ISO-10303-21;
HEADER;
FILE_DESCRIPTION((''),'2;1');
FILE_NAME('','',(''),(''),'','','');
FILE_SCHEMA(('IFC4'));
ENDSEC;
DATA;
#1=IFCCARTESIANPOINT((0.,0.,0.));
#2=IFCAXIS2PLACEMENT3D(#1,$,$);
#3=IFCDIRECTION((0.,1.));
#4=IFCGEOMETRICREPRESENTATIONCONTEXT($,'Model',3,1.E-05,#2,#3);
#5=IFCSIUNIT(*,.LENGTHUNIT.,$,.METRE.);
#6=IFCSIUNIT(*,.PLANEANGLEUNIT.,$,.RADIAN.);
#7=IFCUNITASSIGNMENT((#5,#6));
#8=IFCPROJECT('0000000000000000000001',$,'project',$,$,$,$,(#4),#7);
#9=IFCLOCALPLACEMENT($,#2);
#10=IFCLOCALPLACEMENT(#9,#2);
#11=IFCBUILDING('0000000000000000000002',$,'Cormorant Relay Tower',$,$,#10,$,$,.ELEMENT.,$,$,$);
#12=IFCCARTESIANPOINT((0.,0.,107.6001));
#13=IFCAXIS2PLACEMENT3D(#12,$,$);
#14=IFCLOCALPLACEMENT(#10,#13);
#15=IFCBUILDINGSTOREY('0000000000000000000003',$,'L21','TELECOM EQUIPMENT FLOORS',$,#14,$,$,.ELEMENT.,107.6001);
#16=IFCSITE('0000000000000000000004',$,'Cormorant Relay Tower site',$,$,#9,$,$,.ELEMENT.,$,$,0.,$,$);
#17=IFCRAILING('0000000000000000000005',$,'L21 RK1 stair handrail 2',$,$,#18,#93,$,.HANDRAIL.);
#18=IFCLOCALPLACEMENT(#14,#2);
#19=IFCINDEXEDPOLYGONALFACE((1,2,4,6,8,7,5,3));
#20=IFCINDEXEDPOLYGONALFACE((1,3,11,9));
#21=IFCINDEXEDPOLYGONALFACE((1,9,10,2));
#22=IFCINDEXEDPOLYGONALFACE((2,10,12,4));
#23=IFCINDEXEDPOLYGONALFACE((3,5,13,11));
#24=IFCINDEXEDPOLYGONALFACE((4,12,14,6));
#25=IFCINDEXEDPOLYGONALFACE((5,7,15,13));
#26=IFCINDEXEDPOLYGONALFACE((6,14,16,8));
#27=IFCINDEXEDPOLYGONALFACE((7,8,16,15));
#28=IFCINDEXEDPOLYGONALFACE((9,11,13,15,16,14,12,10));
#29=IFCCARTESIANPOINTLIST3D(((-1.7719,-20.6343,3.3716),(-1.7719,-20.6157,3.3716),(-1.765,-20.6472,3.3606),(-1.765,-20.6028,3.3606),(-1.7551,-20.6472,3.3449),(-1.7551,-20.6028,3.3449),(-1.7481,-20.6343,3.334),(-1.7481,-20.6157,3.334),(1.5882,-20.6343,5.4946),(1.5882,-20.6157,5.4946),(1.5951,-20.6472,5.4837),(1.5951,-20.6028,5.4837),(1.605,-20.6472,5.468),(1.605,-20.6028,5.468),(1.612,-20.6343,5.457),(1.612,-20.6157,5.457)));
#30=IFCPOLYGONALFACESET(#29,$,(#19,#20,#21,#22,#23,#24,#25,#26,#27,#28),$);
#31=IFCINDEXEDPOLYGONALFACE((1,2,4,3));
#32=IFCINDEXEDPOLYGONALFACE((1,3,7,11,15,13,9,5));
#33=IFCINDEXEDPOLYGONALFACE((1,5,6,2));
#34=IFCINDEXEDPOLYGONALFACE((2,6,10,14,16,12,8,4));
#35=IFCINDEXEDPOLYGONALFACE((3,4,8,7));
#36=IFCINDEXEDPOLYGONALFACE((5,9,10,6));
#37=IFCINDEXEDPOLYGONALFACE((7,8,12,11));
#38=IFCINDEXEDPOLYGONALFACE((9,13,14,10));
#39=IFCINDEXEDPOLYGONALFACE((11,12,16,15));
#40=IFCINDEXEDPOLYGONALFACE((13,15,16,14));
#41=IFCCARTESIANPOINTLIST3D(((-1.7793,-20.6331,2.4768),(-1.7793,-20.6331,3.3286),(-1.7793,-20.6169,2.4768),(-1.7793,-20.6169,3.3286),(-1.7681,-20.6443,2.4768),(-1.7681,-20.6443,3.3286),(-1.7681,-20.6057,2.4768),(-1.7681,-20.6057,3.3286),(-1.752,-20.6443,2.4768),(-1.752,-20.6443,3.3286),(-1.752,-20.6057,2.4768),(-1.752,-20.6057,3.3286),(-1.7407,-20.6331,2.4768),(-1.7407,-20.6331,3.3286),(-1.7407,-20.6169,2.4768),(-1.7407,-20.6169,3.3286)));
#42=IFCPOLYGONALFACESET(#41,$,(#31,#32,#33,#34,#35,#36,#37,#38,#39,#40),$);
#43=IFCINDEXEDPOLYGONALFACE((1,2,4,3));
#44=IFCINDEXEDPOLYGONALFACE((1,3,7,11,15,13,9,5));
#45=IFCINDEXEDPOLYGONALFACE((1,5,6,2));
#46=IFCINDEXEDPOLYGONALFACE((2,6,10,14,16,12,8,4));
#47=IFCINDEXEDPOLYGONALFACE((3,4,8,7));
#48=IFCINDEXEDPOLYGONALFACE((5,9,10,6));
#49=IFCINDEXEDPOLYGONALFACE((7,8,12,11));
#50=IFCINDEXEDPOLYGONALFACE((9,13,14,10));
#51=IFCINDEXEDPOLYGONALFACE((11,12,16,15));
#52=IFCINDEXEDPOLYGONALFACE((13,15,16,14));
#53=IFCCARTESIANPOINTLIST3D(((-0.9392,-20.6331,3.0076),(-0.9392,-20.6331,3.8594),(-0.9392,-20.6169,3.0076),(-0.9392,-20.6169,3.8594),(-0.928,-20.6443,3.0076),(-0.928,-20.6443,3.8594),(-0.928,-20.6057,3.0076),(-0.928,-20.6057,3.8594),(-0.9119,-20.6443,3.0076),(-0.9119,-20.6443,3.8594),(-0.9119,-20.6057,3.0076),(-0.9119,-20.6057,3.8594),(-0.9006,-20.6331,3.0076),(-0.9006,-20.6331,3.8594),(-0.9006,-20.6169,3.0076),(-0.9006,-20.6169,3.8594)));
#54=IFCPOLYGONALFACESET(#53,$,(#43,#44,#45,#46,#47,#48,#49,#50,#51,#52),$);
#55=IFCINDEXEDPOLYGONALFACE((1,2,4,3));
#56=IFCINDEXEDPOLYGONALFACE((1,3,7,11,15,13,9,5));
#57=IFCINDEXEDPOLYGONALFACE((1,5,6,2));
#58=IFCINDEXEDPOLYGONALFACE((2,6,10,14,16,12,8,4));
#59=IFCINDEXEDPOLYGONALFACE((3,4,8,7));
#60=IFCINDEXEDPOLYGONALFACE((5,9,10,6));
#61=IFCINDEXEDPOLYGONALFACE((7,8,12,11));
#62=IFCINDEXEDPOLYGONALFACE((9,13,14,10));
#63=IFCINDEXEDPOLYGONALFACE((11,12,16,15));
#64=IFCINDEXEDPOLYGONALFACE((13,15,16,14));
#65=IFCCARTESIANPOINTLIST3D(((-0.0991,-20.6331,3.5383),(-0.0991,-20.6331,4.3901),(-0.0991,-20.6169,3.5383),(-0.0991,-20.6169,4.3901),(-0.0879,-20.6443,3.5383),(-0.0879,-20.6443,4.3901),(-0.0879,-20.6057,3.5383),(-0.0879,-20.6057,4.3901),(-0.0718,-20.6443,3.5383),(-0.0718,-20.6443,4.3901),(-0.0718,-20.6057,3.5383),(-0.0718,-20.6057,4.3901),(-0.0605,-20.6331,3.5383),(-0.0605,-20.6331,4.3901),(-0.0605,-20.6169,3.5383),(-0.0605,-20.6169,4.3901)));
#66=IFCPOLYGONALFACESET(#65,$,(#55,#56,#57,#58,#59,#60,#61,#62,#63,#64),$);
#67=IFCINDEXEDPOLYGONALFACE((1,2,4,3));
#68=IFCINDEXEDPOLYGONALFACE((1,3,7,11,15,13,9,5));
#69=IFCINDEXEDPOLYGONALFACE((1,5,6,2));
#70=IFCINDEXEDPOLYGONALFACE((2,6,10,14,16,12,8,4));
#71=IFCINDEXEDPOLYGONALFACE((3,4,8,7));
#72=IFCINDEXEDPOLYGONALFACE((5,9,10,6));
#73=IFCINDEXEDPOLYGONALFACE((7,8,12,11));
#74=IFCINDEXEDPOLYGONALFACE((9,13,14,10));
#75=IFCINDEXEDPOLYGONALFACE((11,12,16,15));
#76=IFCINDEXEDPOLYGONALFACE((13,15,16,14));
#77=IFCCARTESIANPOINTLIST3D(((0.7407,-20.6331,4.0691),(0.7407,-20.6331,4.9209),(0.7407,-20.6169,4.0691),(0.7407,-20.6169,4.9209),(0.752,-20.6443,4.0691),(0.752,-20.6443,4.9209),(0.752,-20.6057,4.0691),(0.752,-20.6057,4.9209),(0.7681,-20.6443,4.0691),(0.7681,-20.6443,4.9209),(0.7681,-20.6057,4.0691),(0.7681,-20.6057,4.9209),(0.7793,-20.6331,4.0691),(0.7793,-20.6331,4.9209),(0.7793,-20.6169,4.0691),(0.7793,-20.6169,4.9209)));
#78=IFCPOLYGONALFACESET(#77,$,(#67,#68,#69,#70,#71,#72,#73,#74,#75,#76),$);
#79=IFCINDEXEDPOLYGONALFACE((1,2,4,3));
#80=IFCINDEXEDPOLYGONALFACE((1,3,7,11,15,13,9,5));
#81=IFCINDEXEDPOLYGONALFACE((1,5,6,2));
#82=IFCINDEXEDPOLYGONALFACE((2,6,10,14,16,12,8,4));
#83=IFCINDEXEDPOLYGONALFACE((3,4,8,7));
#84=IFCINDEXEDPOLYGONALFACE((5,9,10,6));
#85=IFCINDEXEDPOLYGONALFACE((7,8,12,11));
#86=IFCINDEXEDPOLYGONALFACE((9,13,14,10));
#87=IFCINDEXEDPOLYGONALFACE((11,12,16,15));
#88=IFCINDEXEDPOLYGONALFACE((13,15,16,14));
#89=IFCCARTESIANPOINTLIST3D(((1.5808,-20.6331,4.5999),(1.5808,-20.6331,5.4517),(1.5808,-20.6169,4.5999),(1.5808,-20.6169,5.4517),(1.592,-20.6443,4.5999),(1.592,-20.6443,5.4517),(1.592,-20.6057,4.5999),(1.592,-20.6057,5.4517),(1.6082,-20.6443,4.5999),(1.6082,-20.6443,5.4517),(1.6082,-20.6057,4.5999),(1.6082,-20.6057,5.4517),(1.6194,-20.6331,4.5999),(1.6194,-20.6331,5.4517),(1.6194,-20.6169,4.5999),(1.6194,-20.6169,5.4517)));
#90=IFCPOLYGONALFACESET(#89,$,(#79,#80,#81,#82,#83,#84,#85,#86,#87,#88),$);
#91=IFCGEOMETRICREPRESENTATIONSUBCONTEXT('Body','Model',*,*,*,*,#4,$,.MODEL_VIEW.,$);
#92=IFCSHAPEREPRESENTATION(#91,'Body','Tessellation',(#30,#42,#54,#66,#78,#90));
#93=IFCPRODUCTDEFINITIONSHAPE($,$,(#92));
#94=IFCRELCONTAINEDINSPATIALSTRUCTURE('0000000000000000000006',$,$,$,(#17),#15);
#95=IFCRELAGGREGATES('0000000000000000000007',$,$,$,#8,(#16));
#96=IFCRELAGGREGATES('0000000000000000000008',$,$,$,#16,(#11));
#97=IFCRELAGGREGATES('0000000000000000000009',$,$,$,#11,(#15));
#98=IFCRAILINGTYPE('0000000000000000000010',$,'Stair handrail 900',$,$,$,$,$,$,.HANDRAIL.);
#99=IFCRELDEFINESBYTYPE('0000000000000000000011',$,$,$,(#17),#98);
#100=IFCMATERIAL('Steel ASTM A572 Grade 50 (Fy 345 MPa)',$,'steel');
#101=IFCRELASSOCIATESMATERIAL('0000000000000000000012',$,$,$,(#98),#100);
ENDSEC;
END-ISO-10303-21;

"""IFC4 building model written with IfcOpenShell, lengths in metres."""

from ifc_helpers import new_model, si_unit, direction, frame, origin, place, context, subcontext, project, spatial, polyline, outline, extrude, material, type_object, element, save


model = new_model("IFC4")

# Units and contexts
model_context = context("Model", 3, precision=1e-05, world=origin(), true_north=direction((0.0, 1.0)))
body_context = subcontext(model_context, "Body", "Model", "MODEL_VIEW")
ifc_project = project(units=[si_unit("LENGTHUNIT", "METRE"), si_unit("PLANEANGLEUNIT", "RADIAN")], contexts=[model_context])

# Site, building, storey
site_placement = place(None, origin())
site = spatial("IfcSite", under=ifc_project, at=site_placement, Name="Cormorant Relay Tower site", CompositionType="ELEMENT", RefElevation=0.0)
building_placement = place(site_placement, origin())
building = spatial("IfcBuilding", under=site, at=building_placement, Name="Cormorant Relay Tower", CompositionType="ELEMENT")
storey_placement = place(building_placement, frame((0.0, 0.0, 107.6001)))
storey = spatial("IfcBuildingStorey", under=building, at=storey_placement, Name="L21", Description="TELECOM EQUIPMENT FLOORS", CompositionType="ELEMENT", Elevation=107.6001)

# Railing
ifc_material_1 = material(Name="Steel ASTM A572 Grade 50 (Fy 345 MPa)", Category="steel")
railing_type_1 = type_object("IfcRailingType", Name="Stair handrail 900", PredefinedType="HANDRAIL", material=ifc_material_1)
railing_1_placement = place(storey_placement, frame((-1.76, -20.625, 2.4768)))
element("IfcRailing", 1, at=railing_1_placement, inside=storey, type_object=railing_type_1, Name="L21 RK1 stair handrail 2", PredefinedType="HANDRAIL", context=body_context, shape_type="SweptSolid", body=[
    extrude(outline(polyline([(0.0222, 0.0093), (0.0093, 0.0222), (-0.0093, 0.0222), (-0.0222, 0.0093), (-0.0222, -0.0093), (-0.0093, -0.0222), (0.0093, -0.0222), (0.0222, -0.0093), (0.0222, 0.0093)])), frame((0.0, 0.0, 0.876), z_axis=(0.84539, 0.0, 0.53415), x_axis=(0.0, 1.0, 0.0)), (0.0, 0.0, 1.0), 3.9746),
    extrude(outline(polyline([(0.0193, 0.0081), (0.0081, 0.0193), (-0.0081, 0.0193), (-0.0193, 0.0081), (-0.0193, -0.0081), (-0.0081, -0.0193), (0.0081, -0.0193), (0.0193, -0.0081), (0.0193, 0.0081)])), origin(), (0.0, 0.0, 1.0), 0.8518),
    extrude(outline(polyline([(0.0193, 0.0081), (0.0081, 0.0193), (-0.0081, 0.0193), (-0.0193, 0.0081), (-0.0193, -0.0081), (-0.0081, -0.0193), (0.0081, -0.0193), (0.0193, -0.0081), (0.0193, 0.0081)])), frame((0.8401, 0.0, 0.5308)), (0.0, 0.0, 1.0), 0.8518),
    extrude(outline(polyline([(0.0193, 0.0081), (0.0081, 0.0193), (-0.0081, 0.0193), (-0.0193, 0.0081), (-0.0193, -0.0081), (-0.0081, -0.0193), (0.0081, -0.0193), (0.0193, -0.0081), (0.0193, 0.0081)])), frame((1.6802, 0.0, 1.0615)), (0.0, 0.0, 1.0), 0.8518),
    extrude(outline(polyline([(0.0193, 0.0081), (0.0081, 0.0193), (-0.0081, 0.0193), (-0.0193, 0.0081), (-0.0193, -0.0081), (-0.0081, -0.0193), (0.0081, -0.0193), (0.0193, -0.0081), (0.0193, 0.0081)])), frame((2.52, 0.0, 1.5923)), (0.0, 0.0, 1.0), 0.8518),
    extrude(outline(polyline([(0.0193, 0.0081), (0.0081, 0.0193), (-0.0081, 0.0193), (-0.0193, 0.0081), (-0.0193, -0.0081), (-0.0081, -0.0193), (0.0081, -0.0193), (0.0193, -0.0081), (0.0193, 0.0081)])), frame((3.3601, 0.0, 2.123)), (0.0, 0.0, 1.0), 0.8518),
])

save(model, "model.ifc")
